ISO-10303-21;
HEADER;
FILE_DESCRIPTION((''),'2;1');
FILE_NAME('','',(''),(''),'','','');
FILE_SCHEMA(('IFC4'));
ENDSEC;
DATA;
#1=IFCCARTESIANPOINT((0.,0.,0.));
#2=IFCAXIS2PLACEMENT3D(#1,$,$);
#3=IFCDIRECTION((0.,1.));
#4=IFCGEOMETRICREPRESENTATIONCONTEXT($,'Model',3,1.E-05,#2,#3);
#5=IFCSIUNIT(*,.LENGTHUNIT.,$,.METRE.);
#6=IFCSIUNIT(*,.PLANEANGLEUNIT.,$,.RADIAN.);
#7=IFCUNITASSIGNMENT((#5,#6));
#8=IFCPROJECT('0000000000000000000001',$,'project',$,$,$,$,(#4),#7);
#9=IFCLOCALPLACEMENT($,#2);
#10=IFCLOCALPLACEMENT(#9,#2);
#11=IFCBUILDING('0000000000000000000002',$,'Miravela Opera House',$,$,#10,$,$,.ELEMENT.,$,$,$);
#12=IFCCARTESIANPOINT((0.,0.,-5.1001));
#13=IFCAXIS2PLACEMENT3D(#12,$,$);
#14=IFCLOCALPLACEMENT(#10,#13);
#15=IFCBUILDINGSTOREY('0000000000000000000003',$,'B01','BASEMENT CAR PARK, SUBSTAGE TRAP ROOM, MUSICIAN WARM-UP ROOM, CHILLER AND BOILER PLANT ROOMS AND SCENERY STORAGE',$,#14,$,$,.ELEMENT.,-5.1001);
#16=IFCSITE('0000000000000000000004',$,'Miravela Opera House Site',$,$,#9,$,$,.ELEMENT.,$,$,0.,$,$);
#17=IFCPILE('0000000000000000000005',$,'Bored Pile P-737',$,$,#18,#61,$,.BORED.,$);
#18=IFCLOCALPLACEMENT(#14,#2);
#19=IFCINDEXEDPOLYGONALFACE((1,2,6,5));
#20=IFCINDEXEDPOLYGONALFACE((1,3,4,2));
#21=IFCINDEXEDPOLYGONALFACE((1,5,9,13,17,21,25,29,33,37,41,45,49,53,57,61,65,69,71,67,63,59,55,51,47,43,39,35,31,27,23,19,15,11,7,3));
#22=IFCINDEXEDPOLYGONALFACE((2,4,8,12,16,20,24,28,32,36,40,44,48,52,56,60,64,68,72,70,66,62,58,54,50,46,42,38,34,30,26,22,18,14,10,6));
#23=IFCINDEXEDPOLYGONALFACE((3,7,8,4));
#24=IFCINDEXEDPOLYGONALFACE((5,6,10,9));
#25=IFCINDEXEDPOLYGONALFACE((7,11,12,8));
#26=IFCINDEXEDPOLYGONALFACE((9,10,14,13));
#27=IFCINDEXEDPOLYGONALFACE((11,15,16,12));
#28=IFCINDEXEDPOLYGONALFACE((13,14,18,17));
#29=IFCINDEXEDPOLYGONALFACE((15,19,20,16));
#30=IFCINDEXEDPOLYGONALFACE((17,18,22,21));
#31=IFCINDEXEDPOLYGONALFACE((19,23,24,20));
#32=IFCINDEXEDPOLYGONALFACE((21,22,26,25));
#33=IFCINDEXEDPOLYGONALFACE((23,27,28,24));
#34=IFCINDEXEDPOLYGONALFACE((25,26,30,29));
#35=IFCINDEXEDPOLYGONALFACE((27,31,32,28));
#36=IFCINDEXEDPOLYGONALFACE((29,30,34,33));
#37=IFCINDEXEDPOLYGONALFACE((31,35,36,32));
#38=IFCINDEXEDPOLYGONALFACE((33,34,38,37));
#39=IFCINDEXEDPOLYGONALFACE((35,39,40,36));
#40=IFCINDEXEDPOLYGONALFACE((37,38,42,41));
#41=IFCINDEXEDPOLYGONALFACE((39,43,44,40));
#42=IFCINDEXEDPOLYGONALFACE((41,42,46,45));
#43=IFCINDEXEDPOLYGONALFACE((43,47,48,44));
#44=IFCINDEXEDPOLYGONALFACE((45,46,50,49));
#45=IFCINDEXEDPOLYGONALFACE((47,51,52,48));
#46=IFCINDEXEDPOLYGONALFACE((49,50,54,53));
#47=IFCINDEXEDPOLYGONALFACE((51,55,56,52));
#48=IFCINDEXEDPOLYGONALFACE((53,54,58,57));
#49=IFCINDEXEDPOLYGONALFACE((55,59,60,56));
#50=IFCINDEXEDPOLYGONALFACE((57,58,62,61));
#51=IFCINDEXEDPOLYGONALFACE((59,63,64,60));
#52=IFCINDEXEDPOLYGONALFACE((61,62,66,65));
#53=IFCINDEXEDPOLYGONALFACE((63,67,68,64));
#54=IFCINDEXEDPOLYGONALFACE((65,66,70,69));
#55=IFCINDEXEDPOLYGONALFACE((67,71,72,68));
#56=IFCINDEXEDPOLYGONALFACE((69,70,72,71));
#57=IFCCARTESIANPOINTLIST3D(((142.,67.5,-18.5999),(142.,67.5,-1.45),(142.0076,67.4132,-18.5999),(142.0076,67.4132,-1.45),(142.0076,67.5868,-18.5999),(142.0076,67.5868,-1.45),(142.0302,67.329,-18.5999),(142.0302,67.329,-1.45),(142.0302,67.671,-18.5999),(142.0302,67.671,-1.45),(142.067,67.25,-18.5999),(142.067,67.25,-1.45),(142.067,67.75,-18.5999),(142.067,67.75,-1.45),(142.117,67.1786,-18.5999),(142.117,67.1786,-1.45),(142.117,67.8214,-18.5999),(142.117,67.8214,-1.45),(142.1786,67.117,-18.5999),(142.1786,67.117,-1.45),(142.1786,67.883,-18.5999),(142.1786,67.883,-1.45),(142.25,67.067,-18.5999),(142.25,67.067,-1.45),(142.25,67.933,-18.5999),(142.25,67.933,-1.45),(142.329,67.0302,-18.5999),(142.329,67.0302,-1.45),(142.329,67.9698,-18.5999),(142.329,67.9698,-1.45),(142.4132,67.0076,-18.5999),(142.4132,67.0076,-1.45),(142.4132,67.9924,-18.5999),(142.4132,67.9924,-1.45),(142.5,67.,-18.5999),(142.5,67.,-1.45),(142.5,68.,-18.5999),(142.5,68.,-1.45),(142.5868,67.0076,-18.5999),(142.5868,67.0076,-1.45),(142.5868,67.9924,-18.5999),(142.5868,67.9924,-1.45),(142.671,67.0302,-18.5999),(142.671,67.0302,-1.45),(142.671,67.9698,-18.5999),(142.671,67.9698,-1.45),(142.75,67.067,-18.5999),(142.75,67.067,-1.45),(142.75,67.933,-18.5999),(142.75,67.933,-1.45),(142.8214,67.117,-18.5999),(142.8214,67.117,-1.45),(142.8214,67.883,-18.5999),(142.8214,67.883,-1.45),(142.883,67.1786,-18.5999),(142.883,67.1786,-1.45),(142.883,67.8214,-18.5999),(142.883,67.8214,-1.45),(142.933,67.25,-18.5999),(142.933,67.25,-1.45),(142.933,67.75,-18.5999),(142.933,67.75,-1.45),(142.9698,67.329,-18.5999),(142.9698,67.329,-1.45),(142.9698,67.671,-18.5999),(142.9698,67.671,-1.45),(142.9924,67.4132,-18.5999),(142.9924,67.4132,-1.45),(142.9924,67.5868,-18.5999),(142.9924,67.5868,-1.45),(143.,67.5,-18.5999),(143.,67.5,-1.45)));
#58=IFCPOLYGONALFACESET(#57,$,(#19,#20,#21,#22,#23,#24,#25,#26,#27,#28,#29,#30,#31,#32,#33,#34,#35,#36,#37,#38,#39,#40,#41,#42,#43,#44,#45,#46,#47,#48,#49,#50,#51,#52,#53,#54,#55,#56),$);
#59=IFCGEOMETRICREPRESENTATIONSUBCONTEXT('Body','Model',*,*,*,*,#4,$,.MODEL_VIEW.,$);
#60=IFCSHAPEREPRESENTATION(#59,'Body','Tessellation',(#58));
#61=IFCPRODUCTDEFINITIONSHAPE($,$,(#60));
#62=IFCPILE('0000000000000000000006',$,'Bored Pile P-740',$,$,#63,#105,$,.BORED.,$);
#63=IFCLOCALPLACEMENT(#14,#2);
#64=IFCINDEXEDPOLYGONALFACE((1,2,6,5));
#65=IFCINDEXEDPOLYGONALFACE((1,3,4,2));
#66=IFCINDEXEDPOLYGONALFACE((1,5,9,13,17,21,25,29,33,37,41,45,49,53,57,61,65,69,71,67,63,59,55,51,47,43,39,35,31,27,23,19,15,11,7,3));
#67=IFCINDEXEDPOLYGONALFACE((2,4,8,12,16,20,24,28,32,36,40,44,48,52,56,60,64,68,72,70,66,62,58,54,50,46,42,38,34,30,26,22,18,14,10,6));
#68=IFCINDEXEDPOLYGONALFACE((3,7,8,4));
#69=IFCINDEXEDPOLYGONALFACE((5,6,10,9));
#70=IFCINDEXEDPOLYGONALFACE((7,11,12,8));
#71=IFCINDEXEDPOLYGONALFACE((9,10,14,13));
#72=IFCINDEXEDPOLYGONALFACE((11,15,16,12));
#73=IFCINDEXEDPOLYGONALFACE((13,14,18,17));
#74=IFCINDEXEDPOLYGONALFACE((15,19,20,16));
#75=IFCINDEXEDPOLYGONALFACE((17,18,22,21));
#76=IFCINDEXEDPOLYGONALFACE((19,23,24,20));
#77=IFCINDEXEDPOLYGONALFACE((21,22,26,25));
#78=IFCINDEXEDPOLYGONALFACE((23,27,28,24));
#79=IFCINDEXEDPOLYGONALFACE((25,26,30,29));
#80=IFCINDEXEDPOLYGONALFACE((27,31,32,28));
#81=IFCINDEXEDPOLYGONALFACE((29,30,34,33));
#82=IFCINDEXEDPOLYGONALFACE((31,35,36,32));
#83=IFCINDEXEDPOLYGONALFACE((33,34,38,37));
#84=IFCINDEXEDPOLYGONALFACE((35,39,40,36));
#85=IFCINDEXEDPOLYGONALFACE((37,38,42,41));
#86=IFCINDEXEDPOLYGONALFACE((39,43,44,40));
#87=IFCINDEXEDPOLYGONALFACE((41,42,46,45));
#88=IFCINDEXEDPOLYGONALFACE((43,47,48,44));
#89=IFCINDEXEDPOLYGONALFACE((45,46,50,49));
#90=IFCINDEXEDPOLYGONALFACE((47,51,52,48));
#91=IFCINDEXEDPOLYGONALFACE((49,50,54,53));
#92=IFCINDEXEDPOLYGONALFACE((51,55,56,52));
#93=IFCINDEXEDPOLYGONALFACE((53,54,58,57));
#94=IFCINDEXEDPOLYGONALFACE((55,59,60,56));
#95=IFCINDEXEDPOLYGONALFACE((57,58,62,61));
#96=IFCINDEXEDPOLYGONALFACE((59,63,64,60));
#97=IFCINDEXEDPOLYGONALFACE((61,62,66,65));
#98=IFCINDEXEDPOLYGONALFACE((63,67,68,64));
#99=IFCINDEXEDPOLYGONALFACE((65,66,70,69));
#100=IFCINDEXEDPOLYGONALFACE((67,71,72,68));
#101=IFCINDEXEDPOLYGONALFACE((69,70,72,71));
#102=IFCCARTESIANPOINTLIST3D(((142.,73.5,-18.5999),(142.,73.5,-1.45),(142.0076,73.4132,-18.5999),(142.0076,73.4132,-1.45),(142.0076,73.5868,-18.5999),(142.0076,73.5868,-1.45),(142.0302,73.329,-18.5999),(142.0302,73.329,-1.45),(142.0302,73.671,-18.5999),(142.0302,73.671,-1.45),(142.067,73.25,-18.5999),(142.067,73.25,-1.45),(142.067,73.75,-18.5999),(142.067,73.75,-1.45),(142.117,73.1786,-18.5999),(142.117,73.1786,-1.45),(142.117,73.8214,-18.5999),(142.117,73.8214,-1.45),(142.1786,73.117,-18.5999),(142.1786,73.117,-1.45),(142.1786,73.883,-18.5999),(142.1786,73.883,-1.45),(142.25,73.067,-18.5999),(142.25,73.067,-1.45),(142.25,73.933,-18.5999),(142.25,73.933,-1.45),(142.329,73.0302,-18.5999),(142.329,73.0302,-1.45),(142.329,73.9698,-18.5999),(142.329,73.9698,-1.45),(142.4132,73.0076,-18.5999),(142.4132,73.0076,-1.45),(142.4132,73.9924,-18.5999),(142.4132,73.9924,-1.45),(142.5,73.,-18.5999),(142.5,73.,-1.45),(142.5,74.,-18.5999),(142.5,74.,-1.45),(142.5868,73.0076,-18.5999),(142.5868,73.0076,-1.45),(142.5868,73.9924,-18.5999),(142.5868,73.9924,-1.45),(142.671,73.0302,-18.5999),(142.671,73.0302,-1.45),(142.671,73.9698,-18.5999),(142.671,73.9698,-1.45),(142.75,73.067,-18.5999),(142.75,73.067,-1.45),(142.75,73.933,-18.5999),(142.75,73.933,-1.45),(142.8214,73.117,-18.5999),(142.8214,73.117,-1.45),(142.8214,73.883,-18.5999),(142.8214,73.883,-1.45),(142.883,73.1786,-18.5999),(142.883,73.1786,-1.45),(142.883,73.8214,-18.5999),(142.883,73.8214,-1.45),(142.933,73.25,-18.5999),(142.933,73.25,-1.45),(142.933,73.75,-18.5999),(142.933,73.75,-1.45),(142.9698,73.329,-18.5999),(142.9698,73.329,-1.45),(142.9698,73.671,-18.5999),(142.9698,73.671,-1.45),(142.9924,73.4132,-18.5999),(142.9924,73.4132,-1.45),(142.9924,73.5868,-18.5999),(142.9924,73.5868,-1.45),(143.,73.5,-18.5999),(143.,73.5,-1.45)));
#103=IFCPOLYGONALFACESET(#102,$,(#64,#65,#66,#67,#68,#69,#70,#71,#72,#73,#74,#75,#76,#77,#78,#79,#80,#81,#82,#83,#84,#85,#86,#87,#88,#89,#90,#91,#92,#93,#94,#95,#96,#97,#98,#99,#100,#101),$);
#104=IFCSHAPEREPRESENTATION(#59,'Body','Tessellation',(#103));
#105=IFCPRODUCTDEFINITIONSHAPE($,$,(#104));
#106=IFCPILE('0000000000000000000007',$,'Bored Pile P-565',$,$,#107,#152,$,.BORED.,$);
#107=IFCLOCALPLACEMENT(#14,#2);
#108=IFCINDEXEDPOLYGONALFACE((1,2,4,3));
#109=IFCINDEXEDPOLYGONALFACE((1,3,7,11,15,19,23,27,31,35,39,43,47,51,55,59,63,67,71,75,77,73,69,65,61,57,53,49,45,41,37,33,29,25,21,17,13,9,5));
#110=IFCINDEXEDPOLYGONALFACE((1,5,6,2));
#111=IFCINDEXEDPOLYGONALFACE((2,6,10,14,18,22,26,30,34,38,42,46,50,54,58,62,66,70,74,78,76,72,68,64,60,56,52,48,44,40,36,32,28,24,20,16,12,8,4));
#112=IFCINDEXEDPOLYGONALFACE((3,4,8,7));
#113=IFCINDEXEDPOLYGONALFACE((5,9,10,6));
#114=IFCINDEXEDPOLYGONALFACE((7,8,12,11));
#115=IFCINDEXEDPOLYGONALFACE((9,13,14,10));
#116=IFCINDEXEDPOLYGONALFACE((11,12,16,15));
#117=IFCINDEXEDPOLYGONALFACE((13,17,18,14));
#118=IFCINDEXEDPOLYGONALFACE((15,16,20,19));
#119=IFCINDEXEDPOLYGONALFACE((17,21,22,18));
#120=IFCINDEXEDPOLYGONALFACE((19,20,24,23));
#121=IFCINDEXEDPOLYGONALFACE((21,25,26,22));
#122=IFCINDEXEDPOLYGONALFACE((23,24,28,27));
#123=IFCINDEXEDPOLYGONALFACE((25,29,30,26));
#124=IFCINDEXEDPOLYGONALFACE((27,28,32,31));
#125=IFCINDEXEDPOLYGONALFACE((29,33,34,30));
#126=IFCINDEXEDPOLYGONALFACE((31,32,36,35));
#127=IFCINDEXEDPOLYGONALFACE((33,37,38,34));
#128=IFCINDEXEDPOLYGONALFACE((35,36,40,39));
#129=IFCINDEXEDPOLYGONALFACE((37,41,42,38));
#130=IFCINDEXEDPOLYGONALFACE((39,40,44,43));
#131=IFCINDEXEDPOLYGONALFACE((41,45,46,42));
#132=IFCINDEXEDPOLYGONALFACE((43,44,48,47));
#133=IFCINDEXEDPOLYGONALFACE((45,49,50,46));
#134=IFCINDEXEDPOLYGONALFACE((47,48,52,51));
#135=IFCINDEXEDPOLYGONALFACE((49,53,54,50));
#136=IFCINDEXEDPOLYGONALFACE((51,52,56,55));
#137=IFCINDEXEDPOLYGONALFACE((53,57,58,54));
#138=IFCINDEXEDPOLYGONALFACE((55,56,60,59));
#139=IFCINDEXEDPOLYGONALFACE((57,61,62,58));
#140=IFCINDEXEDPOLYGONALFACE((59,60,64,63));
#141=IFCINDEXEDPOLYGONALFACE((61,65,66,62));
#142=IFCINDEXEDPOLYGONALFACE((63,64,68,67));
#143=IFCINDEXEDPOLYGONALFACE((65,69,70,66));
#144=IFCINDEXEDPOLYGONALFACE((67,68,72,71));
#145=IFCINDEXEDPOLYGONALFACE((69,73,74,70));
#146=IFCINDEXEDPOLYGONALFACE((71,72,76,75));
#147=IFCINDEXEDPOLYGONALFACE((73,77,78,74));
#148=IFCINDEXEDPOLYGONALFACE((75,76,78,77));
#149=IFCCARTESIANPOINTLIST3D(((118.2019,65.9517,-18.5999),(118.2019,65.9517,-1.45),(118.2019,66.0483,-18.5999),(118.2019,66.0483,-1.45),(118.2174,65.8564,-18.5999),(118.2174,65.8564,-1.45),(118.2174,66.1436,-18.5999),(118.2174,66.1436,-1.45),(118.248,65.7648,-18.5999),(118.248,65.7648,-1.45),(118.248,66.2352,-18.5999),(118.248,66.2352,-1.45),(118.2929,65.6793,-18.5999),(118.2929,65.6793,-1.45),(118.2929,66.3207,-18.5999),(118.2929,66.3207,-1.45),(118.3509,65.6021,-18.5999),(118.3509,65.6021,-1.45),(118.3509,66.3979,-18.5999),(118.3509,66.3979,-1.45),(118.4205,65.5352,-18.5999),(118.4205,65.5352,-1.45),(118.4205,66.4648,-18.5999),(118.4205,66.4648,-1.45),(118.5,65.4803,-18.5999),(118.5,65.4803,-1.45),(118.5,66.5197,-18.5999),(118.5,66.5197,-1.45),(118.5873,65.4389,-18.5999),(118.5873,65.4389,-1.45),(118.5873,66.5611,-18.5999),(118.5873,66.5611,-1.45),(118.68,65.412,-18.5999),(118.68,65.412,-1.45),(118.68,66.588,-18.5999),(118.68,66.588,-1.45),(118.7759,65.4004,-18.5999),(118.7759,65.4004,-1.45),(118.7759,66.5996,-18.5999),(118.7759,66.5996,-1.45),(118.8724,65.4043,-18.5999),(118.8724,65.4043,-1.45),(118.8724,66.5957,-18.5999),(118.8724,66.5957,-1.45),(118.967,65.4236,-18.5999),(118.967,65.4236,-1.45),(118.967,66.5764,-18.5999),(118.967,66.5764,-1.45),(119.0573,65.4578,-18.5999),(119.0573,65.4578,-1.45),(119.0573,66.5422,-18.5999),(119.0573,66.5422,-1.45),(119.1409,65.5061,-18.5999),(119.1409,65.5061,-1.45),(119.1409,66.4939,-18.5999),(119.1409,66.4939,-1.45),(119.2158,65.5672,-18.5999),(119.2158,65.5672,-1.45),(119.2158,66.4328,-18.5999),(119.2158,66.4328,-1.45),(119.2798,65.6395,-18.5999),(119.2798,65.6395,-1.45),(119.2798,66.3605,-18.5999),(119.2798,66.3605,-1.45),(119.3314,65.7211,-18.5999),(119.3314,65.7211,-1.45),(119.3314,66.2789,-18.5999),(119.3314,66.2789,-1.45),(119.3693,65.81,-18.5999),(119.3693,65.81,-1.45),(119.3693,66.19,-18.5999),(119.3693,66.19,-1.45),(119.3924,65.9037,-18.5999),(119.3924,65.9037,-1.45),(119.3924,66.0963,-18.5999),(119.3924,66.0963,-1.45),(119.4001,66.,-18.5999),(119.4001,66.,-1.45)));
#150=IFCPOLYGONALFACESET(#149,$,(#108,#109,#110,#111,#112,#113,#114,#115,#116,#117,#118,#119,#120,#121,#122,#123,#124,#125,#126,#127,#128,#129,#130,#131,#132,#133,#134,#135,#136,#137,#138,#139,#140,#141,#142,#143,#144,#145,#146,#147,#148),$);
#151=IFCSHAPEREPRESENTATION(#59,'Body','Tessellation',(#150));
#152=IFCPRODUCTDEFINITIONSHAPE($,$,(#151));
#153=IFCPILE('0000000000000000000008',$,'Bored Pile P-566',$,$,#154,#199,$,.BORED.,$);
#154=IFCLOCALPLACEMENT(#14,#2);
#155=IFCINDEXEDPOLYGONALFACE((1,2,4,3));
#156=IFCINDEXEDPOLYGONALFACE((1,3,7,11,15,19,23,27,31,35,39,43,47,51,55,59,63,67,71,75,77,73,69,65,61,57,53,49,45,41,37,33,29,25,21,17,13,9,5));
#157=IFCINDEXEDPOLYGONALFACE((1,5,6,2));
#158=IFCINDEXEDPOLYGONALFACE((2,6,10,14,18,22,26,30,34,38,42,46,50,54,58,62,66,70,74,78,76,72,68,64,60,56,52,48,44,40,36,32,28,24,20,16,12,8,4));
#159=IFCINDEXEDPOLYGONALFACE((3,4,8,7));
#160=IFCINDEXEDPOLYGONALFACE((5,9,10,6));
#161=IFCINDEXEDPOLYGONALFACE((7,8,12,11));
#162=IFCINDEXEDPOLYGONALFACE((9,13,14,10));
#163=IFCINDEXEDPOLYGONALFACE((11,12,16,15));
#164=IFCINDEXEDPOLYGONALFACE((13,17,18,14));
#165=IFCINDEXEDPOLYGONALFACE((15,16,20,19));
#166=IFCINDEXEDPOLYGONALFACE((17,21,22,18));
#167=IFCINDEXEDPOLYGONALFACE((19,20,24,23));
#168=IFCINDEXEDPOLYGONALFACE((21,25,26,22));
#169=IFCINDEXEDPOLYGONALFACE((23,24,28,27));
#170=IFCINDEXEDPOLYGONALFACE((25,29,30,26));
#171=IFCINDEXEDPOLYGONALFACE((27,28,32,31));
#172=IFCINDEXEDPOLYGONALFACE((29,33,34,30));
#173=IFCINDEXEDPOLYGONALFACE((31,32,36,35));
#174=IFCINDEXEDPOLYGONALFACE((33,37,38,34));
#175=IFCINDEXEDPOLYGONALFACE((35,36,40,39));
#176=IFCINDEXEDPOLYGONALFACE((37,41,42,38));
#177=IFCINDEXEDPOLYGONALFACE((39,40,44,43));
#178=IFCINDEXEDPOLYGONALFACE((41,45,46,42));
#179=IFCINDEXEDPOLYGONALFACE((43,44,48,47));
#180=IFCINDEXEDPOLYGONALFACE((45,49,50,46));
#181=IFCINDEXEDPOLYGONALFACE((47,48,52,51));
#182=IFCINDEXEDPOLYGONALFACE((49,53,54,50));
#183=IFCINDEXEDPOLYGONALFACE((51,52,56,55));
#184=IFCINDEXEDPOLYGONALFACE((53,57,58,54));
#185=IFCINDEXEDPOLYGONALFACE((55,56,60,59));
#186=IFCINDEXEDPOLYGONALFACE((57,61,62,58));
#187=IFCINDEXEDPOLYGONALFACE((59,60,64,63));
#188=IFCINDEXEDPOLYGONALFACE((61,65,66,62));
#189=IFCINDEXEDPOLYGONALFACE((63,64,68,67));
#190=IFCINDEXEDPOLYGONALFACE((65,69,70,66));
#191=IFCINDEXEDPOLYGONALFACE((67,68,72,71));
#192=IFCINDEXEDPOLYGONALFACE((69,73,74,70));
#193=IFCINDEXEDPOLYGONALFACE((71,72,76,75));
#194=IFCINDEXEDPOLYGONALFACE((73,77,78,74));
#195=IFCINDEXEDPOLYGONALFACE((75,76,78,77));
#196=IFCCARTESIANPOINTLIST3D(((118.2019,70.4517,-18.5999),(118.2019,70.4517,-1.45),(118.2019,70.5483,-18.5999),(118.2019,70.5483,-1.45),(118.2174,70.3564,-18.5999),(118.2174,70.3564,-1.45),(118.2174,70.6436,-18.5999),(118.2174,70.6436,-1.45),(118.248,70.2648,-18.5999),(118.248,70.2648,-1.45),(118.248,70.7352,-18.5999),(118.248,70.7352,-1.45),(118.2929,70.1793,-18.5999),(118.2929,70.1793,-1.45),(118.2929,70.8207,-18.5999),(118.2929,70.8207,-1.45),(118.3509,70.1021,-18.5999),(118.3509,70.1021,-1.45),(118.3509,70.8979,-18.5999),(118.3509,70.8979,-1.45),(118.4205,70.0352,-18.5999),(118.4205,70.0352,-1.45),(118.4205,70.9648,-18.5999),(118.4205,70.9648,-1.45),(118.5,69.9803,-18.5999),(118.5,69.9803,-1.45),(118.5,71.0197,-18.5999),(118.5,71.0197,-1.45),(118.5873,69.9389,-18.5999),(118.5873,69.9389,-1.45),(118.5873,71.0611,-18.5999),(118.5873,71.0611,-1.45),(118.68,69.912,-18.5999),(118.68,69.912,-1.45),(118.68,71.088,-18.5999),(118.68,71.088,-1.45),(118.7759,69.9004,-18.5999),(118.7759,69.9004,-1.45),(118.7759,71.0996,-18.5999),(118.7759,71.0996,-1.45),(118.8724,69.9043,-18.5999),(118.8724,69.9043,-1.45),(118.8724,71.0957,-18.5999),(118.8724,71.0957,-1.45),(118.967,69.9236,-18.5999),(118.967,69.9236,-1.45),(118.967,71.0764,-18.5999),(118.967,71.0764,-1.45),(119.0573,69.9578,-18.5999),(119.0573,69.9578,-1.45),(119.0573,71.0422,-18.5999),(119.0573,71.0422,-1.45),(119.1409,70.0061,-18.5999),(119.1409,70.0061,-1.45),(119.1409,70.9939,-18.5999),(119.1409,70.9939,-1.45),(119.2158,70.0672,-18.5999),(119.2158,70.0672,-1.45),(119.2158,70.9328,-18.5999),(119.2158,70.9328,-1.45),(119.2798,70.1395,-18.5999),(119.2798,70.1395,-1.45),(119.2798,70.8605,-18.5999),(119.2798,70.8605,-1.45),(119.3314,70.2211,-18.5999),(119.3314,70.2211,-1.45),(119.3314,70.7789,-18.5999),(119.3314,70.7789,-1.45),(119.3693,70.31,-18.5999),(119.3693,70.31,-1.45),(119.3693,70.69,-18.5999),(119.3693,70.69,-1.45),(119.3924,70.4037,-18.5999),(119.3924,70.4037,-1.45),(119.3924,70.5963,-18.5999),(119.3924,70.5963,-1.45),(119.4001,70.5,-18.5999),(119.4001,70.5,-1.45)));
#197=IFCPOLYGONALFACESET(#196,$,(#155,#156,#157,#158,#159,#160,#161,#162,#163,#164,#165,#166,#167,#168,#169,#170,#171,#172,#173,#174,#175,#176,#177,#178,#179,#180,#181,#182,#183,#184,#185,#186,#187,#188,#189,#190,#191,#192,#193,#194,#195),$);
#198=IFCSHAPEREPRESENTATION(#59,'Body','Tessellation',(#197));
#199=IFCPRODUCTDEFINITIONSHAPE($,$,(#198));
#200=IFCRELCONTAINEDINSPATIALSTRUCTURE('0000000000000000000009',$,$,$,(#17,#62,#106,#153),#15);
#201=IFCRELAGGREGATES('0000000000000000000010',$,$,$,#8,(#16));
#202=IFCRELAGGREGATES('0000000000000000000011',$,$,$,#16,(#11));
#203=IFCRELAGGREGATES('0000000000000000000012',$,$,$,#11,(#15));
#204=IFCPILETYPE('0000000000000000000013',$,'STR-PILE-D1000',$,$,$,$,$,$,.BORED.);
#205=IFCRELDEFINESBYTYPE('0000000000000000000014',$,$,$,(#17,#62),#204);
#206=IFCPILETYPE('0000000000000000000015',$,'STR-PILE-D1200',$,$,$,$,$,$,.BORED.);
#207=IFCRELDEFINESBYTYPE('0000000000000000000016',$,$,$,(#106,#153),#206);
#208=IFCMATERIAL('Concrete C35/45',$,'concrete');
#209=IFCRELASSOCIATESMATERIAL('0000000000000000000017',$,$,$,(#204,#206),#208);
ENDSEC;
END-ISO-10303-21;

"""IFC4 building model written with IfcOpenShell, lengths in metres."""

from ifc_helpers import new_model, si_unit, direction, frame, origin, origin_2d, place, context, subcontext, project, spatial, circle, extrude, material, material_profile, profile_set, type_object, element, save


model = new_model("IFC4")

# Units and contexts
model_context = context("Model", 3, precision=1e-05, world=origin(), true_north=direction((0.0, 1.0)))
body_context = subcontext(model_context, "Body", "Model", "MODEL_VIEW")
ifc_project = project(units=[si_unit("LENGTHUNIT", "METRE"), si_unit("PLANEANGLEUNIT", "RADIAN")], contexts=[model_context])

# Site, building, storey
site_placement = place(None, origin())
site = spatial("IfcSite", under=ifc_project, at=site_placement, Name="Miravela Opera House Site", CompositionType="ELEMENT", RefElevation=0.0)
building_placement = place(site_placement, origin())
building = spatial("IfcBuilding", under=site, at=building_placement, Name="Miravela Opera House", CompositionType="ELEMENT")
storey_placement = place(building_placement, frame((0.0, 0.0, -5.1001)))
storey = spatial("IfcBuildingStorey", under=building, at=storey_placement, Name="B01", Description="BASEMENT CAR PARK, SUBSTAGE TRAP ROOM, MUSICIAN WARM-UP ROOM, CHILLER AND BOILER PLANT ROOMS AND SCENERY STORAGE", CompositionType="ELEMENT", Elevation=-5.1001)

# Shared definitions
ifc_material_1 = material(Name="Concrete C35/45", Category="concrete")

# Piles
ifc_material_profile_1 = material_profile(ifc_material_1, circle(Radius=0.5, at=origin_2d()), Name="PILE-D1000")
ifc_profile_set_1 = profile_set([ifc_material_profile_1])
pile_type_1 = type_object("IfcPileType", Name="STR-PILE-D1000", PredefinedType="BORED", material=ifc_profile_set_1)
for number, where, z_axis, x_axis, name in (
    (1, (142.5, 67.5, -1.45), (0.0, 0.0, -1.0), (1.0, 0.0, 0.0), "Bored Pile P-737"),
    (2, (142.5, 73.5, -1.45), (0.0, 0.0, -1.0), (1.0, 0.0, 0.0), "Bored Pile P-740"),
):
    element("IfcPile", number, at=place(storey_placement, frame(where, z_axis=z_axis, x_axis=x_axis)), inside=storey, type_object=pile_type_1, Name=name, PredefinedType="BORED", context=body_context, shape_type="SweptSolid", body=[
        extrude(circle(Radius=0.5, at=origin_2d()), origin(), (0.0, 0.0, 1.0), 17.1499),
    ])
ifc_material_profile_2 = material_profile(ifc_material_1, circle(Radius=0.6001, at=origin_2d()), Name="PILE-D1200")
ifc_profile_set_2 = profile_set([ifc_material_profile_2])
pile_type_2 = type_object("IfcPileType", Name="STR-PILE-D1200", PredefinedType="BORED", material=ifc_profile_set_2)
for number, where, z_axis, x_axis, name in (
    (3, (118.8, 66.0, -1.45), (0.0, 0.0, -1.0), (1.0, 0.0, 0.0), "Bored Pile P-565"),
    (4, (118.8, 70.5, -1.45), (0.0, 0.0, -1.0), (1.0, 0.0, 0.0), "Bored Pile P-566"),
):
    element("IfcPile", number, at=place(storey_placement, frame(where, z_axis=z_axis, x_axis=x_axis)), inside=storey, type_object=pile_type_2, Name=name, PredefinedType="BORED", context=body_context, shape_type="SweptSolid", body=[
        extrude(circle(Radius=0.6001, at=origin_2d()), origin(), (0.0, 0.0, 1.0), 17.1499),
    ])

save(model, "model.ifc")
